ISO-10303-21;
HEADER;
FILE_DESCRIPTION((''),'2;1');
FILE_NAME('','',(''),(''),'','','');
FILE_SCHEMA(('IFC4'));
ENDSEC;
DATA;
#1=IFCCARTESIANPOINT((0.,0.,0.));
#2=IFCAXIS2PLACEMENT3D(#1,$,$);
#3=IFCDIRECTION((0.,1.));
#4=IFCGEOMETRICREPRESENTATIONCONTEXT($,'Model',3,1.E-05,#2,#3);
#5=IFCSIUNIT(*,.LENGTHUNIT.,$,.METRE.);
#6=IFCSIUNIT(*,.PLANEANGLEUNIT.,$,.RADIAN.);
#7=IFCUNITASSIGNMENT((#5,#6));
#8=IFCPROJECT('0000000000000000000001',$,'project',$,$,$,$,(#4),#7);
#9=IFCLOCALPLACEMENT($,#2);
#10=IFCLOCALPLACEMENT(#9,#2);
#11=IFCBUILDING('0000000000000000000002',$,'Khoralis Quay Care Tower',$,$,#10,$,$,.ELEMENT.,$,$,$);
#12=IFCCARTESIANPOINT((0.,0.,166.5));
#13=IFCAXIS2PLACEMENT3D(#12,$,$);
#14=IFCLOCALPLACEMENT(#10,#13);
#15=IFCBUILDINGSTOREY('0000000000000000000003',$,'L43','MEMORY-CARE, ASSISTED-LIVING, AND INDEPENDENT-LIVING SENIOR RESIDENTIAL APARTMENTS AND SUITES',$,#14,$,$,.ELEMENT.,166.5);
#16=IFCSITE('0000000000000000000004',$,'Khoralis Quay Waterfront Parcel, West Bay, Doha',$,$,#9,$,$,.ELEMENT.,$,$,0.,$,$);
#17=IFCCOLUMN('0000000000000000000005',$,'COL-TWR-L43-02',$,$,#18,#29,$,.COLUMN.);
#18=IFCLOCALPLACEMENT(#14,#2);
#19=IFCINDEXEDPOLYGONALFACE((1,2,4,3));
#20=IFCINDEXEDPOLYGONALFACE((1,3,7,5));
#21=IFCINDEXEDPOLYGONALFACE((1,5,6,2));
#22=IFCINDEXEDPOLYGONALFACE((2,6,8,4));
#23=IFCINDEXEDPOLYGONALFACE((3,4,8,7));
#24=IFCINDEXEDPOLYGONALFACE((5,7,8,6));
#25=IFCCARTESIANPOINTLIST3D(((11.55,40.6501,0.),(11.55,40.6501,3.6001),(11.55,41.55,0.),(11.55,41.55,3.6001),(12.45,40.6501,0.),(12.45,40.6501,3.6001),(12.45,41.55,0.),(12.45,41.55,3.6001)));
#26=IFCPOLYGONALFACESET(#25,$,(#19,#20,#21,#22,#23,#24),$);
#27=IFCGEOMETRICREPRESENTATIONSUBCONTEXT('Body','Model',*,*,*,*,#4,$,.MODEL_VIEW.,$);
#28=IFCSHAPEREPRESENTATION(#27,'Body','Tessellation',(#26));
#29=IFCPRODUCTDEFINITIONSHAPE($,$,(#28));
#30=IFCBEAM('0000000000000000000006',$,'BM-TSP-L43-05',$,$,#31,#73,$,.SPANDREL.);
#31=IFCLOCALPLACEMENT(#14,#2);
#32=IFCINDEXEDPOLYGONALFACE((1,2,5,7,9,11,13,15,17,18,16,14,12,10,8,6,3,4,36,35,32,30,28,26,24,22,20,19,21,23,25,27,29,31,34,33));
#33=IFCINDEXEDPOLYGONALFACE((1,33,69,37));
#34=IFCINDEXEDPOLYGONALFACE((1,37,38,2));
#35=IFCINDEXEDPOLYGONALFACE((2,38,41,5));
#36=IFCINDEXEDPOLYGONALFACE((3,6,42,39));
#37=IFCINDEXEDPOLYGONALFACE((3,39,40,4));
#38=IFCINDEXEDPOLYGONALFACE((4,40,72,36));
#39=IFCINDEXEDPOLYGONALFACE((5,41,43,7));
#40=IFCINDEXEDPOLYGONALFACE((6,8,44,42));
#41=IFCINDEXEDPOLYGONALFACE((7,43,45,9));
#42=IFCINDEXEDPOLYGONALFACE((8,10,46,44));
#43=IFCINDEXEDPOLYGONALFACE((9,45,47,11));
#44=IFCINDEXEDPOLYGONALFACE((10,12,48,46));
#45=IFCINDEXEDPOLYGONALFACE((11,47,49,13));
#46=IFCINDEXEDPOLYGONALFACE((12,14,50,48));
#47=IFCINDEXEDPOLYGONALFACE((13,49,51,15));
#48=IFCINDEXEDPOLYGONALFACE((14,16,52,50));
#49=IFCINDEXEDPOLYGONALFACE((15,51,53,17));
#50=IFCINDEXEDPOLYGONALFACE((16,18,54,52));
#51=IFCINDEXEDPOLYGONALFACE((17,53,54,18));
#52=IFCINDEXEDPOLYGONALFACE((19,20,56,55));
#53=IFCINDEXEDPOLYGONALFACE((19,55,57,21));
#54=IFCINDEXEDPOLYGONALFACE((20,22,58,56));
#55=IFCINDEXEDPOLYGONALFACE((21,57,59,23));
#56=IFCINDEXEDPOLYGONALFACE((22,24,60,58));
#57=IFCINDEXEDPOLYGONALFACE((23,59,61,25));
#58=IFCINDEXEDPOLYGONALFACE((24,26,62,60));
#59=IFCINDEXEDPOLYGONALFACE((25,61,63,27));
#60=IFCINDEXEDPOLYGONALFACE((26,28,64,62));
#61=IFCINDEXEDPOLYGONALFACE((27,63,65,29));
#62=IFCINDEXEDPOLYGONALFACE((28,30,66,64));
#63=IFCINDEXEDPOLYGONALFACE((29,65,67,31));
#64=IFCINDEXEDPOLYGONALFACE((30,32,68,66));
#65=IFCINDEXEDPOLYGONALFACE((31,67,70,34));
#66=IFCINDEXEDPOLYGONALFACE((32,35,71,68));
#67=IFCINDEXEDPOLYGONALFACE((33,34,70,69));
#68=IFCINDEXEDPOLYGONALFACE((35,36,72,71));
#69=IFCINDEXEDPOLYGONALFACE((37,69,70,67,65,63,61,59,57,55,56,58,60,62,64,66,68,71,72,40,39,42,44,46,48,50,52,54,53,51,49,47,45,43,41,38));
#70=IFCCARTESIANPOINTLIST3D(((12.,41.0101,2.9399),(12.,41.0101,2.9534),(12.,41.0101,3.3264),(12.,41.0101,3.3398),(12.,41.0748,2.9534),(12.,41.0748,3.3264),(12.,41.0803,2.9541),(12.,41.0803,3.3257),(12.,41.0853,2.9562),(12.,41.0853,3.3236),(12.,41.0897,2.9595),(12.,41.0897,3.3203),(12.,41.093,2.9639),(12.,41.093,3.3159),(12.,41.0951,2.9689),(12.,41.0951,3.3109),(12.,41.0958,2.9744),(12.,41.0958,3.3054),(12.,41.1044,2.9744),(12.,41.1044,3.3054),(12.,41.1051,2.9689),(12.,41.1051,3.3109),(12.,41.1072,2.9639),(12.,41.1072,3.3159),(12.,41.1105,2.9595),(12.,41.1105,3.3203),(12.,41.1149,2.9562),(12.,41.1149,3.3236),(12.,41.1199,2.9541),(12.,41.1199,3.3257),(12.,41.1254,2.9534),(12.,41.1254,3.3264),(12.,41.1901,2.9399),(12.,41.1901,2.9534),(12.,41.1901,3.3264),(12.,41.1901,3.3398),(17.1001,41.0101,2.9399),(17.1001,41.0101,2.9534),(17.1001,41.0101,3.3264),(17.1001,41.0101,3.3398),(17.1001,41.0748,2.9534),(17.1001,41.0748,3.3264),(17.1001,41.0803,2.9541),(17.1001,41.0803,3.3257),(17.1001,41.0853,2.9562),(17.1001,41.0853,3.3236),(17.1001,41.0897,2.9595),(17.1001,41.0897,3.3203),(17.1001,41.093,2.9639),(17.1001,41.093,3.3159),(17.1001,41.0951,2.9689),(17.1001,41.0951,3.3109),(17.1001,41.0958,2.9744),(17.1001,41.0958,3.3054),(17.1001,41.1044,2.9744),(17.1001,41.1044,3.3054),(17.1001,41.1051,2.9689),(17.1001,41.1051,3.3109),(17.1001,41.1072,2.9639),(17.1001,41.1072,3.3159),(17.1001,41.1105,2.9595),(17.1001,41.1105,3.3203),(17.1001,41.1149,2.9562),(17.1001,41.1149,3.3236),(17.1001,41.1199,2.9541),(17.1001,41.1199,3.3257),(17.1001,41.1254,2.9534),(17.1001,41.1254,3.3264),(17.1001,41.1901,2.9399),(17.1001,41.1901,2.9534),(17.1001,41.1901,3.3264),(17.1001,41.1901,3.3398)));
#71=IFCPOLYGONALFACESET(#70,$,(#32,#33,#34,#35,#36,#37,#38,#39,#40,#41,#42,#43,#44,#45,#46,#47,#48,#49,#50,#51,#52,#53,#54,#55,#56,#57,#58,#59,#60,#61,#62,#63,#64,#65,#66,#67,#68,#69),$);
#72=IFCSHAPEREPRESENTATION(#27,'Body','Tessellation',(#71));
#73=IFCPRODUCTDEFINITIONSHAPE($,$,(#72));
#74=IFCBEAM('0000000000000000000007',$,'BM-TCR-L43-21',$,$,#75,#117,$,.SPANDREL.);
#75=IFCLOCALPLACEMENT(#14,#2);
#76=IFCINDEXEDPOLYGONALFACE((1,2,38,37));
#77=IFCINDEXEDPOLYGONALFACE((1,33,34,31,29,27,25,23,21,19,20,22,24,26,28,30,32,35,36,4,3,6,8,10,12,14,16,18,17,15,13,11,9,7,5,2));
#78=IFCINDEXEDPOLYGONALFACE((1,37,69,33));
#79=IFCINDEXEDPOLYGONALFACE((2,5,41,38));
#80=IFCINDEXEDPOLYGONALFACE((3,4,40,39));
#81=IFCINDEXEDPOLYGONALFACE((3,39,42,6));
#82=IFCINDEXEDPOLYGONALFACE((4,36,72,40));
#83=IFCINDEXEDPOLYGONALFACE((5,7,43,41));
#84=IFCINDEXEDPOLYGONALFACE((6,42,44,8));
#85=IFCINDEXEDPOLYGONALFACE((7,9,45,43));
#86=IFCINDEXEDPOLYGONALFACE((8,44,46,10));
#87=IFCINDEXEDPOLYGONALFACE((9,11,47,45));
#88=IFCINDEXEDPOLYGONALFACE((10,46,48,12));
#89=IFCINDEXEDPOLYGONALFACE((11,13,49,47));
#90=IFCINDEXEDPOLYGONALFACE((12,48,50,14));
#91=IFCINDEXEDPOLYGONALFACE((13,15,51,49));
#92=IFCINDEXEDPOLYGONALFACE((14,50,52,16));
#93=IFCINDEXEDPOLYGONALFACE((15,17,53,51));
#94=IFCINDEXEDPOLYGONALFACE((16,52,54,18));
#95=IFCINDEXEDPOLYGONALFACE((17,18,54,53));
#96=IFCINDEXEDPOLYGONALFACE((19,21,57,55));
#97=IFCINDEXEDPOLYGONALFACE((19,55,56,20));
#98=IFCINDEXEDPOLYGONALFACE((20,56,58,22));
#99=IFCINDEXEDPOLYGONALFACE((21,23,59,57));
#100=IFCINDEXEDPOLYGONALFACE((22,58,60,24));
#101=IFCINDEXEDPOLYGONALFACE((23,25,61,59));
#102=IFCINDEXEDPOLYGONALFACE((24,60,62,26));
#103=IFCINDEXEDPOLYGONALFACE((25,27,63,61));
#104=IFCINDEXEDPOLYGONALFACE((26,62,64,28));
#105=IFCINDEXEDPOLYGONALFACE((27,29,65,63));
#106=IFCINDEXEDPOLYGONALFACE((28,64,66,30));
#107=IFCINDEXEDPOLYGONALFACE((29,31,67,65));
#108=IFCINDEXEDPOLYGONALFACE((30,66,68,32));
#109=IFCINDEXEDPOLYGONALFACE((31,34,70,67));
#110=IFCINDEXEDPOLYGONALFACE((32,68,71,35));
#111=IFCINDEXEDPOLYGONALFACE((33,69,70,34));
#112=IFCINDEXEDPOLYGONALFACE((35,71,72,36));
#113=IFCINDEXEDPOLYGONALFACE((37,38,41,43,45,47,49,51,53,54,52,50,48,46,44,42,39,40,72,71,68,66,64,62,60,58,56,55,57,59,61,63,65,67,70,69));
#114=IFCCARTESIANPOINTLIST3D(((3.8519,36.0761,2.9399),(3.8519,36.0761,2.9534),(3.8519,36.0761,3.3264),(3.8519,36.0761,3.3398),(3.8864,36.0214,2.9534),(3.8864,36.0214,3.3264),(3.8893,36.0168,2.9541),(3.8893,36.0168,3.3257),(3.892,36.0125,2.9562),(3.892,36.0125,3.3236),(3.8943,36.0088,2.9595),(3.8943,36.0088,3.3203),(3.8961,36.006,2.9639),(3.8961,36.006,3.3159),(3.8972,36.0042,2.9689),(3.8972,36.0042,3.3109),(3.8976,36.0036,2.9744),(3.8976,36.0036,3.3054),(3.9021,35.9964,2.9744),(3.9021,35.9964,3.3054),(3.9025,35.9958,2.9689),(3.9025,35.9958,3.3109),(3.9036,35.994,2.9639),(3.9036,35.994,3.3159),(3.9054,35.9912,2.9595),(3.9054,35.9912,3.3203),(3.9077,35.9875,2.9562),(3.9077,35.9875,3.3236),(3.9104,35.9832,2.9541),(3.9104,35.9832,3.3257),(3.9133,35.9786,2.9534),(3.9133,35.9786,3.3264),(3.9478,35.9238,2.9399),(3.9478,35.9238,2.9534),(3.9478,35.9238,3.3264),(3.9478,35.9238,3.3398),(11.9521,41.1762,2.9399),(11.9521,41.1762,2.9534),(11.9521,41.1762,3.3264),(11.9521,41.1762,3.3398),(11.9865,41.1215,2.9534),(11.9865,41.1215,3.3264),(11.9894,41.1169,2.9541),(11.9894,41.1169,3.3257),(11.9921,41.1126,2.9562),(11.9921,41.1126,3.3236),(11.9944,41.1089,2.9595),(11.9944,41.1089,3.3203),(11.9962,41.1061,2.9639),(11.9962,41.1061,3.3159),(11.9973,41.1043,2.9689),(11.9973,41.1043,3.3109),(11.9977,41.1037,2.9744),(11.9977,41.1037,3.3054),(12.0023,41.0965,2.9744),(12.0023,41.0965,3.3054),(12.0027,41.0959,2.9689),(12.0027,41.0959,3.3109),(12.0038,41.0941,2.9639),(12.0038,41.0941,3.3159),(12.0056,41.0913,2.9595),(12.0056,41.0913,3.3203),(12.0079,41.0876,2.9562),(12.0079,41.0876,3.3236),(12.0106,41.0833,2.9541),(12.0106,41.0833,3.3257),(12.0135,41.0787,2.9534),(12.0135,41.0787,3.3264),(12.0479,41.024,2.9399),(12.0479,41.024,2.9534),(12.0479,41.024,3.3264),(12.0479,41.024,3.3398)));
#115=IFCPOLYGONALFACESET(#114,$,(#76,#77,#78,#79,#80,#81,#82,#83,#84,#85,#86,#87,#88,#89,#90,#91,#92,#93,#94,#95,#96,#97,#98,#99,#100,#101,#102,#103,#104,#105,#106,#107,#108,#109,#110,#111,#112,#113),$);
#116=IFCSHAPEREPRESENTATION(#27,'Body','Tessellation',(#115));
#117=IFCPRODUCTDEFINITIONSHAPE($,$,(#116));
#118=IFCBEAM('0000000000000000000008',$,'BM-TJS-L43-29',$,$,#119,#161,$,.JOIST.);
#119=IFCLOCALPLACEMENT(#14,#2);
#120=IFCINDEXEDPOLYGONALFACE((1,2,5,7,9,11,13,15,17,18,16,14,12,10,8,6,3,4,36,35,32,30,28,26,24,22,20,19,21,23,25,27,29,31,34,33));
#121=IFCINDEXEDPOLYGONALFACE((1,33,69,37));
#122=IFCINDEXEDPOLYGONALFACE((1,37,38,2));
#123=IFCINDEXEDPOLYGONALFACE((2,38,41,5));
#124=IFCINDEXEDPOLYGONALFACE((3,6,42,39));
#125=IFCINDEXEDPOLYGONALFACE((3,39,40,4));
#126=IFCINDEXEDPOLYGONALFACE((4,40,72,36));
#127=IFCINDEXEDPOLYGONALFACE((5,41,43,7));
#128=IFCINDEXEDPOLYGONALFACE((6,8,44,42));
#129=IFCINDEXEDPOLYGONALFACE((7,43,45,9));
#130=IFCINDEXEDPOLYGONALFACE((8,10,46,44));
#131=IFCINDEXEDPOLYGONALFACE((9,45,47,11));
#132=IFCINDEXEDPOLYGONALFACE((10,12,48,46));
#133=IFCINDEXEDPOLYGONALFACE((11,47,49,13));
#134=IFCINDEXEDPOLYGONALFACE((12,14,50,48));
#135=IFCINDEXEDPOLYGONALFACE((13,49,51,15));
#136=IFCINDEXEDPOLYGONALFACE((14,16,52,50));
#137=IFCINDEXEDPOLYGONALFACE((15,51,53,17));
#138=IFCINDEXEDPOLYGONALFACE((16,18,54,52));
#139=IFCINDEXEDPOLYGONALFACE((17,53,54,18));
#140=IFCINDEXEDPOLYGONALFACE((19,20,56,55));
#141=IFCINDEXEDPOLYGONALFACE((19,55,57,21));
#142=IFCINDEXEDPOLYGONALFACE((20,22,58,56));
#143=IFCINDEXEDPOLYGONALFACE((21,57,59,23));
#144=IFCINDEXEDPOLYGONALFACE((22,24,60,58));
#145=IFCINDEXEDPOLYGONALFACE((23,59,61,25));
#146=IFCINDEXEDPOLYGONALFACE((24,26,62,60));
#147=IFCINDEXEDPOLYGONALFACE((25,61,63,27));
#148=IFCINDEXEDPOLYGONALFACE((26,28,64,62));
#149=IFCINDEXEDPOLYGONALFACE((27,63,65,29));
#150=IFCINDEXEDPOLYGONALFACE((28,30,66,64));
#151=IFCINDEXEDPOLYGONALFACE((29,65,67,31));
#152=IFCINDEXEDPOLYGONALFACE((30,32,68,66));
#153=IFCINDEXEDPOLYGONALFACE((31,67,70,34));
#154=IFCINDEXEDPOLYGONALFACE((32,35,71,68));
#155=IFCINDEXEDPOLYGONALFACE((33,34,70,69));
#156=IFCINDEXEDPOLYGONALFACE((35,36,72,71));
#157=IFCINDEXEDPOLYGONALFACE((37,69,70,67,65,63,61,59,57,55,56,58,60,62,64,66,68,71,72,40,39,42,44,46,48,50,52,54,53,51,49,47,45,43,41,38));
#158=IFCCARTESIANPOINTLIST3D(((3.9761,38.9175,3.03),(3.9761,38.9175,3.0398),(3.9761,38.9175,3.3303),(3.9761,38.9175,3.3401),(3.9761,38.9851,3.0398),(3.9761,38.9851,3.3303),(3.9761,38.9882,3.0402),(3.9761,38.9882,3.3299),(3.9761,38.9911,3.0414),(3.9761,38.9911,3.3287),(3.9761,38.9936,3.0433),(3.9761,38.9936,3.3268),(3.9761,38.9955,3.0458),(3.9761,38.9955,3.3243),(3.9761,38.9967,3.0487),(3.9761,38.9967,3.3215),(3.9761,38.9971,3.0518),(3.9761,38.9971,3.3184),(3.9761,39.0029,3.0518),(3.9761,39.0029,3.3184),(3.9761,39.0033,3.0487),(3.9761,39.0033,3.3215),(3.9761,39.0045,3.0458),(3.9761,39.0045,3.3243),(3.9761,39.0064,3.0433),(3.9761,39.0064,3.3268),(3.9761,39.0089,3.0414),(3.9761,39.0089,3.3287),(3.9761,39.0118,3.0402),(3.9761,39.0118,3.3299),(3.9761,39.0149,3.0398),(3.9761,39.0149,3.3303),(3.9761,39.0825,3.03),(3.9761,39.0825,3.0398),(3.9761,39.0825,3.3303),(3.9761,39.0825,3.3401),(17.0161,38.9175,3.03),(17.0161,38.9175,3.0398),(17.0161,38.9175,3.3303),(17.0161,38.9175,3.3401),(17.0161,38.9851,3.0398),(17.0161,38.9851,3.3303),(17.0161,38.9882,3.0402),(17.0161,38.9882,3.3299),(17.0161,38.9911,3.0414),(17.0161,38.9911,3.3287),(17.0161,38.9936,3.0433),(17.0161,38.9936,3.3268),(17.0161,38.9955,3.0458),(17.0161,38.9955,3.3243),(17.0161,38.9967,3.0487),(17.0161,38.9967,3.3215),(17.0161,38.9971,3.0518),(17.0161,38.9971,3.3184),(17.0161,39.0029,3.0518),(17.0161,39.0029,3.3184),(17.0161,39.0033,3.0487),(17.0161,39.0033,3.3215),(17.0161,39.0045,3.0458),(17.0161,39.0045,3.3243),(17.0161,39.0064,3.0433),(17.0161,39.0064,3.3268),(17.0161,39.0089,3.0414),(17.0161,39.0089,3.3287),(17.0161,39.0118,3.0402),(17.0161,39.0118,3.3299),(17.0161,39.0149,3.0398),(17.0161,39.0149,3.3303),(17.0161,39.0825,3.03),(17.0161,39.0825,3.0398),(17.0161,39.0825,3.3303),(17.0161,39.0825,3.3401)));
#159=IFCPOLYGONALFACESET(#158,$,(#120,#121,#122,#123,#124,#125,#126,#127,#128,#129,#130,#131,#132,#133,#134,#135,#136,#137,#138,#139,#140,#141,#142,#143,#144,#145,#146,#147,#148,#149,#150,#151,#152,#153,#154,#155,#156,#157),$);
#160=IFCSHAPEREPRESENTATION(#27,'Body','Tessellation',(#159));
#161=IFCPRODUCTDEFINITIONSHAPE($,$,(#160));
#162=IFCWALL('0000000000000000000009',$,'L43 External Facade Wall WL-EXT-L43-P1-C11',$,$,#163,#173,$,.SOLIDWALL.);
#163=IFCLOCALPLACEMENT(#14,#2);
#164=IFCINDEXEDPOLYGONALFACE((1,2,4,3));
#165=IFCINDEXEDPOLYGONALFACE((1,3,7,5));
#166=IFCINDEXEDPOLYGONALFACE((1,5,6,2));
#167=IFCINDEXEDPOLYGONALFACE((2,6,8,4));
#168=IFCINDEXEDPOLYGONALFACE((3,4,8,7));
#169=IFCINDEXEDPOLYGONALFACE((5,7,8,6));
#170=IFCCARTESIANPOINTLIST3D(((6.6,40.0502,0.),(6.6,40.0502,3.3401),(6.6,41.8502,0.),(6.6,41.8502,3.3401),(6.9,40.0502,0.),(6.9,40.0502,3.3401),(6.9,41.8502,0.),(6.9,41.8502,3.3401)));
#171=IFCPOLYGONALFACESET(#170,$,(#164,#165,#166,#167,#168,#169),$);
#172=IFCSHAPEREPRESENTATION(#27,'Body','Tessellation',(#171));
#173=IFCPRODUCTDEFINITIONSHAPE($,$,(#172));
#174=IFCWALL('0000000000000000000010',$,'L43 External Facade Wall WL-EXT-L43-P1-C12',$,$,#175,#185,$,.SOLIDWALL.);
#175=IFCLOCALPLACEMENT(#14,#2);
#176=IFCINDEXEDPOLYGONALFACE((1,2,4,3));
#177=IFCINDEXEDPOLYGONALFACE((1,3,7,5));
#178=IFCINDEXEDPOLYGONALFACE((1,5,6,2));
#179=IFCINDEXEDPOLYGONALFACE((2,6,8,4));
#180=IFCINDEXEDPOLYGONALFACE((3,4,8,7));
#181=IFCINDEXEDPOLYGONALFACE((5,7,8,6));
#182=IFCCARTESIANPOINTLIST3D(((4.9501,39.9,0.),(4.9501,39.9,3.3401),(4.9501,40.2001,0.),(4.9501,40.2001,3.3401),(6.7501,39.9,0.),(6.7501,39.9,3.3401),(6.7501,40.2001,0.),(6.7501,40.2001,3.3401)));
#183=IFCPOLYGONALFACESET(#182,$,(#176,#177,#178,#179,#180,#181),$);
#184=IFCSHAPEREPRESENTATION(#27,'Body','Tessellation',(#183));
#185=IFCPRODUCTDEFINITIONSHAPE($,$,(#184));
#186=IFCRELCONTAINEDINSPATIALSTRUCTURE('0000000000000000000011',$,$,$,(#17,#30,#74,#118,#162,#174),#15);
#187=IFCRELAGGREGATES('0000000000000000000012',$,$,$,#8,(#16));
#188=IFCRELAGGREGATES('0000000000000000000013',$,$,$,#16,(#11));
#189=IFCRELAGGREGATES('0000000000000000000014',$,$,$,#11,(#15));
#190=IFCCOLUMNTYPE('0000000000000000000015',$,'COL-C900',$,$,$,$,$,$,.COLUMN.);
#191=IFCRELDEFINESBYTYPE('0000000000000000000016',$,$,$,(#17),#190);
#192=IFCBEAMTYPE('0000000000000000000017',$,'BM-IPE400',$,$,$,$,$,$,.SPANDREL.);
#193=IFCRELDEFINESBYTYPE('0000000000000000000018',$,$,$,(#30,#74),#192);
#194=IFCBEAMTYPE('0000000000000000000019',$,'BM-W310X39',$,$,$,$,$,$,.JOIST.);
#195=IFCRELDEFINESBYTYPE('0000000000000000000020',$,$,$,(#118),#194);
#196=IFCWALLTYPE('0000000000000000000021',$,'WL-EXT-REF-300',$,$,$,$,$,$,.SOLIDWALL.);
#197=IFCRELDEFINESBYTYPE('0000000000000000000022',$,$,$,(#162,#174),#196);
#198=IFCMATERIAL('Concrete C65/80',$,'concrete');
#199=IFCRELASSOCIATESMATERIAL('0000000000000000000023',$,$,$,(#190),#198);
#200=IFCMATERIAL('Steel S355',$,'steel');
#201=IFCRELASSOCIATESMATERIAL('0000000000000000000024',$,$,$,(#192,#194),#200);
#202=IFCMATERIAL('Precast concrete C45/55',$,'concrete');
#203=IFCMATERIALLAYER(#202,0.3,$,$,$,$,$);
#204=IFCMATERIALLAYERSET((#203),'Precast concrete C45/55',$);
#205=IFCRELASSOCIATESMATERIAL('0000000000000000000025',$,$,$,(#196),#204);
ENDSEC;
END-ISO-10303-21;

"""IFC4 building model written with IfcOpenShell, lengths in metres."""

from ifc_helpers import new_model, si_unit, direction, frame, frame_2d, origin, origin_2d, place, context, subcontext, project, spatial, rectangle, i_section, extrude, source, transform, mapped, material, layer, layer_set, material_profile, profile_set, type_object, element, save


model = new_model("IFC4")

# Units and contexts
model_context = context("Model", 3, precision=1e-05, world=origin(), true_north=direction((0.0, 1.0)))
body_context = subcontext(model_context, "Body", "Model", "MODEL_VIEW")
ifc_project = project(units=[si_unit("LENGTHUNIT", "METRE"), si_unit("PLANEANGLEUNIT", "RADIAN")], contexts=[model_context])

# Site, building, storey
site_placement = place(None, origin())
site = spatial("IfcSite", under=ifc_project, at=site_placement, Name="Khoralis Quay Waterfront Parcel, West Bay, Doha", CompositionType="ELEMENT", RefElevation=0.0)
building_placement = place(site_placement, origin())
building = spatial("IfcBuilding", under=site, at=building_placement, Name="Khoralis Quay Care Tower", CompositionType="ELEMENT")
storey_placement = place(building_placement, frame((0.0, 0.0, 166.5)))
storey = spatial("IfcBuildingStorey", under=building, at=storey_placement, Name="L43", Description="MEMORY-CARE, ASSISTED-LIVING, AND INDEPENDENT-LIVING SENIOR RESIDENTIAL APARTMENTS AND SUITES", CompositionType="ELEMENT", Elevation=166.5)

# Column
ifc_material_1 = material(Name="Concrete C65/80", Category="concrete")
ifc_material_profile_1 = material_profile(ifc_material_1, rectangle(XDim=0.8999, YDim=0.8999, at=origin_2d()), Name="Concrete C65/80")
ifc_profile_set_1 = profile_set([ifc_material_profile_1], Name="Concrete C65/80")
column_type = type_object("IfcColumnType", Name="COL-C900", PredefinedType="COLUMN", material=ifc_profile_set_1)
shared_shape_1 = source(origin(), body_context, "Body", "SweptSolid", [
    extrude(rectangle(XDim=0.8999, YDim=0.8999, at=origin_2d()), origin(), (0.0, 0.0, 1.0), 3.6001),
])
column_placement = place(storey_placement, frame((12.0, 41.1001, 0.0), z_axis=(0.0, 0.0, 1.0), x_axis=(1.0, 0.0, 0.0)))
element("IfcColumn", 1, at=column_placement, inside=storey, type_object=column_type, Name="COL-TWR-L43-02", PredefinedType="COLUMN", context=body_context, shape_type="MappedRepresentation", body=[
    mapped(shared_shape_1, transform((0.0, 0.0, 0.0), scale=1.0)),
])

# Beams
ifc_material_2 = material(Name="Steel S355", Category="steel")
ifc_material_profile_2 = material_profile(ifc_material_2, i_section(OverallWidth=0.1799, OverallDepth=0.3999, WebThickness=0.0085, FlangeThickness=0.0134, FilletRadius=0.021, at=origin_2d()), Name="Steel S355")
ifc_profile_set_2 = profile_set([ifc_material_profile_2], Name="Steel S355")
beam_type_1 = type_object("IfcBeamType", Name="BM-IPE400", PredefinedType="SPANDREL", material=ifc_profile_set_2)
shared_shape_2 = source(origin(), body_context, "Body", "SweptSolid", [
    extrude(i_section(OverallWidth=0.1799, OverallDepth=0.3999, WebThickness=0.0085, FlangeThickness=0.0134, FilletRadius=0.021, at=origin_2d()), origin(), (0.0, 0.0, 1.0), 5.1001),
])
beam_1_placement = place(storey_placement, frame((12.0, 41.1001, 3.1399), z_axis=(1.0, 0.0, 0.0), x_axis=(0.0, 1.0, 0.0)))
element("IfcBeam", 2, at=beam_1_placement, inside=storey, type_object=beam_type_1, Name="BM-TSP-L43-05", PredefinedType="SPANDREL", context=body_context, shape_type="MappedRepresentation", body=[
    mapped(shared_shape_2, transform((0.0, 0.0, 0.0), scale=1.0)),
])
shared_shape_3 = source(origin(), body_context, "Body", "SweptSolid", [
    extrude(i_section(OverallWidth=0.1799, OverallDepth=0.3999, WebThickness=0.0085, FlangeThickness=0.0134, FilletRadius=0.021, at=origin_2d()), origin(), (0.0, 0.0, 1.0), 9.572),
])
beam_2_placement = place(storey_placement, frame((12.0, 41.1001, 3.1399), z_axis=(-0.846231, -0.532816, 0.0), x_axis=(0.532816, -0.846231, 0.0)))
element("IfcBeam", 3, at=beam_2_placement, inside=storey, type_object=beam_type_1, Name="BM-TCR-L43-21", PredefinedType="SPANDREL", context=body_context, shape_type="MappedRepresentation", body=[
    mapped(shared_shape_3, transform((0.0, 0.0, 0.0), scale=1.0)),
])
ifc_material_profile_3 = material_profile(ifc_material_2, i_section(OverallWidth=0.165, OverallDepth=0.3101, WebThickness=0.0059, FlangeThickness=0.0098, FilletRadius=0.012, at=origin_2d()), Name="Steel S355")
ifc_profile_set_3 = profile_set([ifc_material_profile_3], Name="Steel S355")
beam_type_2 = type_object("IfcBeamType", Name="BM-W310X39", PredefinedType="JOIST", material=ifc_profile_set_3)
shared_shape_4 = source(origin(), body_context, "Body", "SweptSolid", [
    extrude(i_section(OverallWidth=0.165, OverallDepth=0.3101, WebThickness=0.0059, FlangeThickness=0.0098, FilletRadius=0.012, at=origin_2d()), origin(), (0.0, 0.0, 1.0), 13.04),
])
beam_3_placement = place(storey_placement, frame((3.9761, 39.0, 3.1851), z_axis=(1.0, 0.0, 0.0), x_axis=(0.0, 1.0, 0.0)))
element("IfcBeam", 4, at=beam_3_placement, inside=storey, type_object=beam_type_2, Name="BM-TJS-L43-29", PredefinedType="JOIST", context=body_context, shape_type="MappedRepresentation", body=[
    mapped(shared_shape_4, transform((0.0, 0.0, 0.0), scale=1.0)),
])

# Walls
ifc_material_3 = material(Name="Precast concrete C45/55", Category="concrete")
ifc_layer_1 = layer(ifc_material_3, 0.3)
ifc_layer_set_1 = layer_set([ifc_layer_1], Name="Precast concrete C45/55")
wall_type = type_object("IfcWallType", Name="WL-EXT-REF-300", PredefinedType="SOLIDWALL", material=ifc_layer_set_1)
for number, where, z_axis, x_axis, name in (
    (5, (6.75, 41.8501, 0.0), (0.0, 0.0, 1.0), (0.0, -1.0, 0.0), "L43 External Facade Wall WL-EXT-L43-P1-C11"),
    (6, (6.75, 40.05, 0.0), (0.0, 0.0, 1.0), (-1.0, 0.0, 0.0), "L43 External Facade Wall WL-EXT-L43-P1-C12"),
):
    element("IfcWall", number, at=place(storey_placement, frame(where, z_axis=z_axis, x_axis=x_axis)), inside=storey, type_object=wall_type, Name=name, PredefinedType="SOLIDWALL", context=body_context, shape_type="SweptSolid", body=[
        extrude(rectangle(XDim=1.8, YDim=0.3, at=frame_2d((0.8999, 0.0))), origin(), (0.0, 0.0, 1.0), 3.3401),
    ])

save(model, "model.ifc")
